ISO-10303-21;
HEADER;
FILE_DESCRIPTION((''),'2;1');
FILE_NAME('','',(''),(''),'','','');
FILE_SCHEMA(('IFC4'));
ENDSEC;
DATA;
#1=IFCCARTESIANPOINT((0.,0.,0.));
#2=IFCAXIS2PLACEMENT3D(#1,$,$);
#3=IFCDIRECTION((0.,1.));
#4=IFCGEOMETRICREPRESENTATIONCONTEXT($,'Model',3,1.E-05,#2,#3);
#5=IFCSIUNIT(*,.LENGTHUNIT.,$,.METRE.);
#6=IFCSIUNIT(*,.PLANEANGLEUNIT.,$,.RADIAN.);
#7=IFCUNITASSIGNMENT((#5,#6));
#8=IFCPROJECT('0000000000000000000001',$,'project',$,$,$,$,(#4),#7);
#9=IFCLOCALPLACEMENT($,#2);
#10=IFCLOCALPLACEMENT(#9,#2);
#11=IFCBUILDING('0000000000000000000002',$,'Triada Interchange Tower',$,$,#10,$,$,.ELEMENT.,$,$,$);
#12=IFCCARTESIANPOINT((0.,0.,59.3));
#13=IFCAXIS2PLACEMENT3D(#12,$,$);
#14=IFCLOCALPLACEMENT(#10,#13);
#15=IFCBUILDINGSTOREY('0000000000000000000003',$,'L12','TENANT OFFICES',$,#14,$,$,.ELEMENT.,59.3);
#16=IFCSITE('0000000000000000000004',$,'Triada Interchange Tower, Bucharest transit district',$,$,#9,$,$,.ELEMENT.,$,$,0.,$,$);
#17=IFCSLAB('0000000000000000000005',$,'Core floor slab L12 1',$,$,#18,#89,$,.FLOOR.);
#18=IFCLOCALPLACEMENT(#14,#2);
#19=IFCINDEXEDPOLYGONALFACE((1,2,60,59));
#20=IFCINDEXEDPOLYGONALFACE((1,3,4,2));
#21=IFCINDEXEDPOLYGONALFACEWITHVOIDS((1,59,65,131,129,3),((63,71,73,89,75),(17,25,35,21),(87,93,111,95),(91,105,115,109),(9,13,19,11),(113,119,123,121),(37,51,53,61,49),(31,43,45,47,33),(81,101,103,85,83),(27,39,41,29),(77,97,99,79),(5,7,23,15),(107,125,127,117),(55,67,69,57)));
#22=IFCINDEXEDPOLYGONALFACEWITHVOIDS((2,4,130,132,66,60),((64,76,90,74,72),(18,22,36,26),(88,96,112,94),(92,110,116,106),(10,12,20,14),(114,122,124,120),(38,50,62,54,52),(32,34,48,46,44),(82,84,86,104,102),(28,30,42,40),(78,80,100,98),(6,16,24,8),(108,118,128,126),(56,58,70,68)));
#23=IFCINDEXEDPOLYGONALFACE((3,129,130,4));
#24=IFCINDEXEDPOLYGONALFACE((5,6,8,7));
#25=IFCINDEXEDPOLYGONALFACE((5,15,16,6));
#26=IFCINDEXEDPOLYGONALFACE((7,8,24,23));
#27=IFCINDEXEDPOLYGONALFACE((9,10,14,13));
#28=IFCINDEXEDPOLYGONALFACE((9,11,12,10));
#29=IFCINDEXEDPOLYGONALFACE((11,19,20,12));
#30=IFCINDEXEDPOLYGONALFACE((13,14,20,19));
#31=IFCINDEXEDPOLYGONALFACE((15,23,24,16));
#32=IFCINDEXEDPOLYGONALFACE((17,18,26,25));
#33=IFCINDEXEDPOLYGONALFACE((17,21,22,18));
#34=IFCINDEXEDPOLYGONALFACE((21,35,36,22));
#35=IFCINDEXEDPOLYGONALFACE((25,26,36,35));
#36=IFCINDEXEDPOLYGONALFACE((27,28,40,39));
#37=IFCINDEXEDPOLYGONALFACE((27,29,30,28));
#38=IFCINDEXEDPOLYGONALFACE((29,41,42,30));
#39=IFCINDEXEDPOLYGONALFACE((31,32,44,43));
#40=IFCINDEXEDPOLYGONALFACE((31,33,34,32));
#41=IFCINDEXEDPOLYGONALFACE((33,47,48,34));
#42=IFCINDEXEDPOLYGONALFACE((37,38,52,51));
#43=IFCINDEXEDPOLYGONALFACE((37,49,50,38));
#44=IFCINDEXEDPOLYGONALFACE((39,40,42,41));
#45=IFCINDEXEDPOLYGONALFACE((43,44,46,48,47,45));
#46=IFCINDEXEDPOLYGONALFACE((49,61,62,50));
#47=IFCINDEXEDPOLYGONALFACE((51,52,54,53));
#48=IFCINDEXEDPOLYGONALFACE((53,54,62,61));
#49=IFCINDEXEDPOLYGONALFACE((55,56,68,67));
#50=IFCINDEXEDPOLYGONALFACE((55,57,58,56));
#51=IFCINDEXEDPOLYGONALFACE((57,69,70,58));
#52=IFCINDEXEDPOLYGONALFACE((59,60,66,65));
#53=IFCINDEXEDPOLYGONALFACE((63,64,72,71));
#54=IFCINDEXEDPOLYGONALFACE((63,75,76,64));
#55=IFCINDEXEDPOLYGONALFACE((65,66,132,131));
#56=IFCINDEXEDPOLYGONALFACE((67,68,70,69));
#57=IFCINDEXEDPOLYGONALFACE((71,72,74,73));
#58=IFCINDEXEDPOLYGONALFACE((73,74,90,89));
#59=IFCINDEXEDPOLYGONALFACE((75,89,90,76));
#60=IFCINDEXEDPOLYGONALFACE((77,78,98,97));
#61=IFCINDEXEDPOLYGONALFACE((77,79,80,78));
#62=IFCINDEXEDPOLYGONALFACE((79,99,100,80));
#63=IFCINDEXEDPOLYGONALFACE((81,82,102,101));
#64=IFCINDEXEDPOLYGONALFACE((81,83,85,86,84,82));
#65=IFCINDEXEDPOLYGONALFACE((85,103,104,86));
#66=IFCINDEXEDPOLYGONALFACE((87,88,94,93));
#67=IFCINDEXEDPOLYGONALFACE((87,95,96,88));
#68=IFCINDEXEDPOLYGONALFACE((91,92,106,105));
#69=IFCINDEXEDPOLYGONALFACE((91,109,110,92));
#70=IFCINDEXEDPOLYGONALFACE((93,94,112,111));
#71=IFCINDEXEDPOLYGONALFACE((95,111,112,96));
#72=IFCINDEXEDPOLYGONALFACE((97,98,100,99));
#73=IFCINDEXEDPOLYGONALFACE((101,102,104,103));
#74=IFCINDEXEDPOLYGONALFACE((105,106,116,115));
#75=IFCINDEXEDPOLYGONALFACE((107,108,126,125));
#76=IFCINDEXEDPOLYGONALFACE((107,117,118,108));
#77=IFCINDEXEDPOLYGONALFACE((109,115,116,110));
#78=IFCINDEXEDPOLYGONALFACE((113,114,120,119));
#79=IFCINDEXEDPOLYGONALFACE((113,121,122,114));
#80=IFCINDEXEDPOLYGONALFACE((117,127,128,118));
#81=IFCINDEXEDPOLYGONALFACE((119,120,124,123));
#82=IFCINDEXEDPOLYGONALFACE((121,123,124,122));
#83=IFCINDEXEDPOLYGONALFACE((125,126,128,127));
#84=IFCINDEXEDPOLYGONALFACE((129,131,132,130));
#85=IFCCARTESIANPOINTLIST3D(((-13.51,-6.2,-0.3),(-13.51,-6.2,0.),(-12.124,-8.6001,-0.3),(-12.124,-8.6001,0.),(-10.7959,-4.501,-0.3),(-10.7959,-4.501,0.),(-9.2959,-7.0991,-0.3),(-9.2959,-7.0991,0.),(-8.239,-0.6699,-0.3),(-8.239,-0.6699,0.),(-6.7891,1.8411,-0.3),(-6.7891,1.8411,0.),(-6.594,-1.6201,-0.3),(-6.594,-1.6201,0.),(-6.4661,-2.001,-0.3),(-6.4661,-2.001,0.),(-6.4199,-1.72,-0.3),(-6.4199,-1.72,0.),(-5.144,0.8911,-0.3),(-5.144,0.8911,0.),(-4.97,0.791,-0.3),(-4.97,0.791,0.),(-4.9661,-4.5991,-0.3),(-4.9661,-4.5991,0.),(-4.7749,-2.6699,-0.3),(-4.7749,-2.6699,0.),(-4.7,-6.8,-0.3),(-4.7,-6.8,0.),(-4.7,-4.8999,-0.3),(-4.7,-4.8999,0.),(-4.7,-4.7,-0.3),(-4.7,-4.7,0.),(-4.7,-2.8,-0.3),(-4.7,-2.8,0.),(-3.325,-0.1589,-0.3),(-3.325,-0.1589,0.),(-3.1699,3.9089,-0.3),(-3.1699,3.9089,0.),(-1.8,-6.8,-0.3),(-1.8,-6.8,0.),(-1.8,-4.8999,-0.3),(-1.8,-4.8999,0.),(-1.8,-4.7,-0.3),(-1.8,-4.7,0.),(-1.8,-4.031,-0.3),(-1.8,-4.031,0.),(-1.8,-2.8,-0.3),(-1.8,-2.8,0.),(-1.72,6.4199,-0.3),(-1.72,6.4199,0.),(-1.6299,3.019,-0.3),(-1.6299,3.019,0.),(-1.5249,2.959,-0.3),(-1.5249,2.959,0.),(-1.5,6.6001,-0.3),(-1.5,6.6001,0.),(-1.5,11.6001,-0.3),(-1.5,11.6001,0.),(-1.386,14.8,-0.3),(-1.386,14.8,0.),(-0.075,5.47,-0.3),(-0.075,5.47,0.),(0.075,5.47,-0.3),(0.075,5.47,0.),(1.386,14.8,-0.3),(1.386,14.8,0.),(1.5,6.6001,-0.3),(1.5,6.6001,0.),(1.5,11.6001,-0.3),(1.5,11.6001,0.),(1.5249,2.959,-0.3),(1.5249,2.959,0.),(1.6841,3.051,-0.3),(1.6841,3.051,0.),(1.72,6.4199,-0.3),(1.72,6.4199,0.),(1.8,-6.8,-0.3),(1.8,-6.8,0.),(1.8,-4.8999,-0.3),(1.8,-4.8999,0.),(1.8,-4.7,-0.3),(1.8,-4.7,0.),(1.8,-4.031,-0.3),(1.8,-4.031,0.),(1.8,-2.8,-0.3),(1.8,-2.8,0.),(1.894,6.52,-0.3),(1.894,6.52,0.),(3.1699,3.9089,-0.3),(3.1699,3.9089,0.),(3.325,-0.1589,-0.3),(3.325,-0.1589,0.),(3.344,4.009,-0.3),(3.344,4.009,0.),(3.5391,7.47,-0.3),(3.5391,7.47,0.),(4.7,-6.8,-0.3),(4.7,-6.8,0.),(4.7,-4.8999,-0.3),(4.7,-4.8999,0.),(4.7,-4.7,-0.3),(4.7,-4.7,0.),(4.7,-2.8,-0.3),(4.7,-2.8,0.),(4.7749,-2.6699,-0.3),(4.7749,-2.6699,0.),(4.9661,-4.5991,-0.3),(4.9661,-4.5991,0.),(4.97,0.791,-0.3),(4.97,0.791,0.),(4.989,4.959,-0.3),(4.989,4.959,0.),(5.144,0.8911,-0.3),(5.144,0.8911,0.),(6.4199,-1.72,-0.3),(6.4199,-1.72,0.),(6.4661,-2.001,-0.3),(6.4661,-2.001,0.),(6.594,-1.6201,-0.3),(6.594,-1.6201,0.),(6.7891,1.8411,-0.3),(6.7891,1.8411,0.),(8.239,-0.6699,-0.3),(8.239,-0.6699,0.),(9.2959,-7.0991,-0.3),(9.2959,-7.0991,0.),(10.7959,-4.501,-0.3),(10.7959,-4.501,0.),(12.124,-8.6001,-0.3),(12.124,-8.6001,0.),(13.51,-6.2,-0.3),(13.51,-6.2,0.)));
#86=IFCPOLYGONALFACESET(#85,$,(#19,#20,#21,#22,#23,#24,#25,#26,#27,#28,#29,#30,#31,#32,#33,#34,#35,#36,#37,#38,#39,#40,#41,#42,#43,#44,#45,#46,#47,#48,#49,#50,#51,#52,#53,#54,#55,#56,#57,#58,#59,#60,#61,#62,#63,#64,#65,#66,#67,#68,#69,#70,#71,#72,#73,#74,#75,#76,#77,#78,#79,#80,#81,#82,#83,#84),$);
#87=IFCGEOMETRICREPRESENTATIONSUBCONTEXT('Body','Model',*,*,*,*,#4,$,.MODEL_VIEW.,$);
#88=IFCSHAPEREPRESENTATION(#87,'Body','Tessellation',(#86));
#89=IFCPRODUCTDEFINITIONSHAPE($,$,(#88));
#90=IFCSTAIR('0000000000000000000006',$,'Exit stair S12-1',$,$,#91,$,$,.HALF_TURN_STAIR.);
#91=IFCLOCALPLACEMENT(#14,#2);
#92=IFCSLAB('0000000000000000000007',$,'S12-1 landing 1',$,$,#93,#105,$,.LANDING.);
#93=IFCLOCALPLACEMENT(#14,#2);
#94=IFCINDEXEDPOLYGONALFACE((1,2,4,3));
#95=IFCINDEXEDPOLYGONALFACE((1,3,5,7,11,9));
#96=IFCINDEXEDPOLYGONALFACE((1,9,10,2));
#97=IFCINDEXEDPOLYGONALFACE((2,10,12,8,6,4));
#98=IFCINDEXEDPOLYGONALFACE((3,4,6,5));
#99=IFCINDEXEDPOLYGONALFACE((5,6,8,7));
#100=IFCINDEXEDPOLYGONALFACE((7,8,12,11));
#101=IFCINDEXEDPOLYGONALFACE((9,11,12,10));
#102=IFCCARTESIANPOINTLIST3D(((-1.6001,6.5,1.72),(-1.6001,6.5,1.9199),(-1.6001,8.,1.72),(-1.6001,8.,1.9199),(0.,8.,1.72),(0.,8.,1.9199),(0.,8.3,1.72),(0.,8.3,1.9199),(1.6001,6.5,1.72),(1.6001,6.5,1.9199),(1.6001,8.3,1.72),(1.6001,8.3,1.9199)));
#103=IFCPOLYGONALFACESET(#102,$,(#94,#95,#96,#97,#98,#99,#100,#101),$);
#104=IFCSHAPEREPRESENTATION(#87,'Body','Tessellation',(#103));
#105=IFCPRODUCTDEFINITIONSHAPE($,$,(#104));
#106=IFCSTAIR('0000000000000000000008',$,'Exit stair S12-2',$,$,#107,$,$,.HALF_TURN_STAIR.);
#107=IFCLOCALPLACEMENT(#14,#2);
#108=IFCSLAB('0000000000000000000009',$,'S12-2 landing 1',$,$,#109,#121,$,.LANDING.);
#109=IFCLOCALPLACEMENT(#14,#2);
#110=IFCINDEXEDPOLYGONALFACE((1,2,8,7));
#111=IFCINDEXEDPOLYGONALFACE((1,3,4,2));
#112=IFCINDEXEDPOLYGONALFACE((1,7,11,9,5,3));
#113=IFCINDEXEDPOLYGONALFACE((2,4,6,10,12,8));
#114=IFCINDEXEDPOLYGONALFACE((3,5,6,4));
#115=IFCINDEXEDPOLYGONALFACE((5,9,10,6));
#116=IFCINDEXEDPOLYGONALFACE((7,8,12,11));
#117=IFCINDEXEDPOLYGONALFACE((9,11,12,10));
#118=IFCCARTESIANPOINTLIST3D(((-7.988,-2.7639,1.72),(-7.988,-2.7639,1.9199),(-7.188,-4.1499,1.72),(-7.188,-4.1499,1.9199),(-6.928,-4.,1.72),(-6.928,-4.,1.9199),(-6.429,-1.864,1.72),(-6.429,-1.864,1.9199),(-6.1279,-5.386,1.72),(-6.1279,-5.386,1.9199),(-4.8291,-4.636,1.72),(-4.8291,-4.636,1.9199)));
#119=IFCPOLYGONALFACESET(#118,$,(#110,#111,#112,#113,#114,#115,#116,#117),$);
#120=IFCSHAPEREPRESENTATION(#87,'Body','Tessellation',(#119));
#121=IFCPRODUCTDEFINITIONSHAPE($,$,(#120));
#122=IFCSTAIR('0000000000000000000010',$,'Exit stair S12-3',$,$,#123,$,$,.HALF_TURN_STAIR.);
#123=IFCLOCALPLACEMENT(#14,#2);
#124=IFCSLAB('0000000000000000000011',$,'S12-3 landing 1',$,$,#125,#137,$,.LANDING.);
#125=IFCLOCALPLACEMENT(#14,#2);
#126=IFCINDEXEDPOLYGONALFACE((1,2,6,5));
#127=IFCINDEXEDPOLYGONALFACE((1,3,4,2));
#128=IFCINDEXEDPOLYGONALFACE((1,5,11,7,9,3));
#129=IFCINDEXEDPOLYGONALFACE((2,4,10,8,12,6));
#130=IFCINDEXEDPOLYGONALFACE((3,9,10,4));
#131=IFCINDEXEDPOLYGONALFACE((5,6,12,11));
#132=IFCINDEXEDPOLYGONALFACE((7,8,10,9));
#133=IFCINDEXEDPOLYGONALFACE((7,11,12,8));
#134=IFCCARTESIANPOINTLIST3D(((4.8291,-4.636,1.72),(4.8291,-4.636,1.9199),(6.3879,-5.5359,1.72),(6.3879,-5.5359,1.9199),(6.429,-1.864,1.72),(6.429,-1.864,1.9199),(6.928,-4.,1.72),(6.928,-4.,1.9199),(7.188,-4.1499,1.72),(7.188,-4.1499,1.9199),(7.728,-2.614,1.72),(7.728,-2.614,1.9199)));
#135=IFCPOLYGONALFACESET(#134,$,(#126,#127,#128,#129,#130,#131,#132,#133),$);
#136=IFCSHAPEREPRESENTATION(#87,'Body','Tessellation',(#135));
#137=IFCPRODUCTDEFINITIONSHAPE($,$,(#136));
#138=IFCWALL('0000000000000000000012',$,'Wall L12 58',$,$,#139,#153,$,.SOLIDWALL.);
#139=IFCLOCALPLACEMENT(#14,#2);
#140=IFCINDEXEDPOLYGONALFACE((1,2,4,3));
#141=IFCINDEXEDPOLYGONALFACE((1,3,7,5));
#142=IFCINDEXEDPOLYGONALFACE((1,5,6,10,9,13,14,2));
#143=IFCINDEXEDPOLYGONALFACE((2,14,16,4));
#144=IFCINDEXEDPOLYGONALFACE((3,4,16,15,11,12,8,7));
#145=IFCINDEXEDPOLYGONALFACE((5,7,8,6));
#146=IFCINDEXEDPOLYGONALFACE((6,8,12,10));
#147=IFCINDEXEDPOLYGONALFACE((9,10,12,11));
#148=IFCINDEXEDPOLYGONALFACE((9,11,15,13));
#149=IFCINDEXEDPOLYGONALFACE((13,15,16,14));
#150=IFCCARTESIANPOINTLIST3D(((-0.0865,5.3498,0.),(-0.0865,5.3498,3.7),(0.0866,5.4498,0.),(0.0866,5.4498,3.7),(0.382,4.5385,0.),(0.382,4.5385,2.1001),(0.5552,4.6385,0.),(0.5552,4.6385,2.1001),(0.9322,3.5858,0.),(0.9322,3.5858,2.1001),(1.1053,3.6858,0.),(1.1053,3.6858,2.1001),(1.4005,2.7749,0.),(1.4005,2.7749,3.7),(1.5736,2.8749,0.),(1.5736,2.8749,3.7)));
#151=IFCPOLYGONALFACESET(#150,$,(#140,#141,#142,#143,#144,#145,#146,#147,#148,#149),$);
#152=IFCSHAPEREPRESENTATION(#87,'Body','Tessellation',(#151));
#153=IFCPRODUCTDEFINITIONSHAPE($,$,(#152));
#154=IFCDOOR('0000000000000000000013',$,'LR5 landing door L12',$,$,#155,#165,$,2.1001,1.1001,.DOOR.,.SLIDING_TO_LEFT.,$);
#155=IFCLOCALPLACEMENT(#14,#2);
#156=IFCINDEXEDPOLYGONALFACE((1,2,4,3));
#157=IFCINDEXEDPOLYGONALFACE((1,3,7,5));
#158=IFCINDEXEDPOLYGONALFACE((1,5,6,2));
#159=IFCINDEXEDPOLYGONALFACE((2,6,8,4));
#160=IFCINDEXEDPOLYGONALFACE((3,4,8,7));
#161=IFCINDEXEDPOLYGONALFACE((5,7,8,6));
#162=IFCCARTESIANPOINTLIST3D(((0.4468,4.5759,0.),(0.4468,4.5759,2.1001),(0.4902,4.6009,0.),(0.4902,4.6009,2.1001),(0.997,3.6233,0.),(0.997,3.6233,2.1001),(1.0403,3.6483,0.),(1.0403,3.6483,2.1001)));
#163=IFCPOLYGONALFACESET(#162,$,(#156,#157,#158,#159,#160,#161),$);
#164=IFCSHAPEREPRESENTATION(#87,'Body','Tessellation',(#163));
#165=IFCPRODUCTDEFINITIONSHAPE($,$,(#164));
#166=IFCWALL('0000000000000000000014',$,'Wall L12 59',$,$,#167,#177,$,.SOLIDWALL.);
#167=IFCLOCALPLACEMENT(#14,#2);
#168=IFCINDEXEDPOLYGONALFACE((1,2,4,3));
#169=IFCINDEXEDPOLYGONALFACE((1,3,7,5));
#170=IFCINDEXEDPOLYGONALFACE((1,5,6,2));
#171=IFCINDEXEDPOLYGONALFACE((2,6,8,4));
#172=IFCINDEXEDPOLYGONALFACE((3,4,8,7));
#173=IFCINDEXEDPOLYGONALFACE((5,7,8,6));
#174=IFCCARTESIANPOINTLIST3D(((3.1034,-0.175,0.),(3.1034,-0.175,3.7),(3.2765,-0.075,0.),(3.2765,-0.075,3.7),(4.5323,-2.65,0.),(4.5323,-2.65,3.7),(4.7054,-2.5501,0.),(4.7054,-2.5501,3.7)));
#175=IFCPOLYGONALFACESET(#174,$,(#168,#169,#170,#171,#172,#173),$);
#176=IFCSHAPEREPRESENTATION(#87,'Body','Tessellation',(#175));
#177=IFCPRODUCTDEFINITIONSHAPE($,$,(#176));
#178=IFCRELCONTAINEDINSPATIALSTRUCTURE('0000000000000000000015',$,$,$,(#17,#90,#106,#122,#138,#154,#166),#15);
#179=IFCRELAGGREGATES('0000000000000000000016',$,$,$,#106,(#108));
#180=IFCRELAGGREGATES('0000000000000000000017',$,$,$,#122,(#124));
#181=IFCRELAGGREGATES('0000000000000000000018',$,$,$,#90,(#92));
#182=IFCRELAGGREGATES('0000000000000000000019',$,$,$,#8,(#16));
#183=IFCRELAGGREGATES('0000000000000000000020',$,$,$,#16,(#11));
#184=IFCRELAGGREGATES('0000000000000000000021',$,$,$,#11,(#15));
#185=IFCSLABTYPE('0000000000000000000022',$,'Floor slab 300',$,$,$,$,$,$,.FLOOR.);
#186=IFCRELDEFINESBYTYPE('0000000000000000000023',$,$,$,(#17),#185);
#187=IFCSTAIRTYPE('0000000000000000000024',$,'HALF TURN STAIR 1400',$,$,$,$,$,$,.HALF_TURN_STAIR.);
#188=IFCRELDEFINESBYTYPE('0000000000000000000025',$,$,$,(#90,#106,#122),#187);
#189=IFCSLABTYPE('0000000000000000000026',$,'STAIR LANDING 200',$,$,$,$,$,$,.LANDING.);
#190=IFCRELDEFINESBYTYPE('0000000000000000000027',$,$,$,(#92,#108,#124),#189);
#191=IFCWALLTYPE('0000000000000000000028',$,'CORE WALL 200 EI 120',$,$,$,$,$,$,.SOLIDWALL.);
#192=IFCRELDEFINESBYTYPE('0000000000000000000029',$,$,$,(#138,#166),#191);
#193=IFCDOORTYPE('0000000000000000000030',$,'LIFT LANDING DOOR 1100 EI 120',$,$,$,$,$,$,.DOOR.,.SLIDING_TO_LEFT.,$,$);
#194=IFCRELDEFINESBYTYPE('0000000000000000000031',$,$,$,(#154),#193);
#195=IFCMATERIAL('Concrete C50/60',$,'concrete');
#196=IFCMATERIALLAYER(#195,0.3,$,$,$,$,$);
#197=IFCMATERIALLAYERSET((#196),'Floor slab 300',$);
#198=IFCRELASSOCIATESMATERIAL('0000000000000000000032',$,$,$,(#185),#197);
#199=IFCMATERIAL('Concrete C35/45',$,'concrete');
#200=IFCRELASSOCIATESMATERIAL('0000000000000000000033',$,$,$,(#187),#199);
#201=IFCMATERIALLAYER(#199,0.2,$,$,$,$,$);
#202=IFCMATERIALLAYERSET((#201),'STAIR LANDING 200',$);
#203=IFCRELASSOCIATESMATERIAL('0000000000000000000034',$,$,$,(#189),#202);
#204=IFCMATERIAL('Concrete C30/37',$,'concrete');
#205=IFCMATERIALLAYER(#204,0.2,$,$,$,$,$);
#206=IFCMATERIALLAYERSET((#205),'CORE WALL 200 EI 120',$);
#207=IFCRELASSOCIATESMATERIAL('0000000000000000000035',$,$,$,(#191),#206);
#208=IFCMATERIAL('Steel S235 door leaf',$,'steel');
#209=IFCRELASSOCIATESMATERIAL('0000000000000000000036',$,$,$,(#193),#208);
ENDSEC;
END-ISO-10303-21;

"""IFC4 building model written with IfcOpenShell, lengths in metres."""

from ifc_helpers import new_model, si_unit, direction, frame, frame_2d, origin, place, context, subcontext, project, spatial, polyline, rectangle, outline, extrude, material, layer, layer_set, type_object, element, fill, aggregate, save


model = new_model("IFC4")

# Units and contexts
model_context = context("Model", 3, precision=1e-05, world=origin(), true_north=direction((0.0, 1.0)))
body_context = subcontext(model_context, "Body", "Model", "MODEL_VIEW")
ifc_project = project(units=[si_unit("LENGTHUNIT", "METRE"), si_unit("PLANEANGLEUNIT", "RADIAN")], contexts=[model_context])

# Site, building, storey
site_placement = place(None, origin())
site = spatial("IfcSite", under=ifc_project, at=site_placement, Name="Triada Interchange Tower, Bucharest transit district", CompositionType="ELEMENT", RefElevation=0.0)
building_placement = place(site_placement, origin())
building = spatial("IfcBuilding", under=site, at=building_placement, Name="Triada Interchange Tower", CompositionType="ELEMENT")
storey_placement = place(building_placement, frame((0.0, 0.0, 59.3)))
storey = spatial("IfcBuildingStorey", under=building, at=storey_placement, Name="L12", Description="TENANT OFFICES", CompositionType="ELEMENT", Elevation=59.3)

# Slab
ifc_material_1 = material(Name="Concrete C50/60", Category="concrete")
ifc_layer_1 = layer(ifc_material_1, 0.3)
ifc_layer_set_1 = layer_set([ifc_layer_1], Name="Floor slab 300")
slab_type_1 = type_object("IfcSlabType", Name="Floor slab 300", PredefinedType="FLOOR", material=ifc_layer_set_1)
slab_1_placement = place(storey_placement, frame((0.0, 0.0, -0.3)))
element("IfcSlab", 1, at=slab_1_placement, inside=storey, type_object=slab_type_1, Name="Core floor slab L12 1", PredefinedType="FLOOR", context=body_context, shape_type="SweptSolid", body=[
    extrude(outline(polyline([(13.51, -6.2), (12.124, -8.6001), (-12.124, -8.6001), (-13.51, -6.2), (-1.386, 14.8), (1.386, 14.8), (13.51, -6.2)]), holes=[polyline([(9.2959, -7.0991), (10.7959, -4.501), (6.4661, -2.001), (4.9661, -4.5991), (9.2959, -7.0991)]), polyline([(6.7891, 1.8411), (5.144, 0.8911), (6.594, -1.6201), (8.239, -0.6699), (6.7891, 1.8411)]), polyline([(4.97, 0.791), (3.325, -0.1589), (4.7749, -2.6699), (6.4199, -1.72), (4.97, 0.791)]), polyline([(1.894, 6.52), (3.344, 4.009), (4.989, 4.959), (3.5391, 7.47), (1.894, 6.52)]), polyline([(1.8, -4.8999), (1.8, -6.8), (4.7, -6.8), (4.7, -4.8999), (1.8, -4.8999)]), polyline([(1.8, -2.8), (1.8, -4.031), (1.8, -4.7), (4.7, -4.7), (4.7, -2.8), (1.8, -2.8)]), polyline([(1.5249, 2.959), (1.6841, 3.051), (3.1699, 3.9089), (1.72, 6.4199), (0.075, 5.47), (1.5249, 2.959)]), polyline([(1.5, 11.6001), (-1.5, 11.6001), (-1.5, 6.6001), (1.5, 6.6001), (1.5, 11.6001)]), polyline([(-0.075, 5.47), (-1.72, 6.4199), (-3.1699, 3.9089), (-1.6299, 3.019), (-1.5249, 2.959), (-0.075, 5.47)]), polyline([(-4.7, -2.8), (-4.7, -4.7), (-1.8, -4.7), (-1.8, -4.031), (-1.8, -2.8), (-4.7, -2.8)]), polyline([(-4.7, -4.8999), (-4.7, -6.8), (-1.8, -6.8), (-1.8, -4.8999), (-4.7, -4.8999)]), polyline([(-4.7749, -2.6699), (-3.325, -0.1589), (-4.97, 0.791), (-6.4199, -1.72), (-4.7749, -2.6699)]), polyline([(-10.7959, -4.501), (-9.2959, -7.0991), (-4.9661, -4.5991), (-6.4661, -2.001), (-10.7959, -4.501)]), polyline([(-6.594, -1.6201), (-5.144, 0.8911), (-6.7891, 1.8411), (-8.239, -0.6699), (-6.594, -1.6201)])]), origin(), (0.0, 0.0, 1.0), 0.3),
])

# Stairs, slabs
ifc_material_2 = material(Name="Concrete C35/45", Category="concrete")
stair_type = type_object("IfcStairType", Name="HALF TURN STAIR 1400", PredefinedType="HALF_TURN_STAIR", material=ifc_material_2)
stair_1_placement = place(storey_placement, origin())
stair_1 = element("IfcStair", 2, at=stair_1_placement, inside=storey, type_object=stair_type, Name="Exit stair S12-1", PredefinedType="HALF_TURN_STAIR")
ifc_layer_2 = layer(ifc_material_2, 0.2)
ifc_layer_set_2 = layer_set([ifc_layer_2], Name="STAIR LANDING 200")
slab_type_2 = type_object("IfcSlabType", Name="STAIR LANDING 200", PredefinedType="LANDING", material=ifc_layer_set_2)
slab_2_placement = place(storey_placement, frame((0.0, 0.0, 1.72)))
slab_2 = element("IfcSlab", 3, at=slab_2_placement, type_object=slab_type_2, Name="S12-1 landing 1", PredefinedType="LANDING", context=body_context, shape_type="SweptSolid", body=[
    extrude(outline(polyline([(1.6001, 6.5), (1.6001, 8.3), (0.0, 8.3), (0.0, 8.0), (-1.6001, 8.0), (-1.6001, 6.5), (1.6001, 6.5)])), origin(), (0.0, 0.0, 1.0), 0.2),
])
stair_2_placement = place(storey_placement, origin())
stair_2 = element("IfcStair", 4, at=stair_2_placement, inside=storey, type_object=stair_type, Name="Exit stair S12-2", PredefinedType="HALF_TURN_STAIR")
slab_3_placement = place(storey_placement, frame((0.0, 0.0, 1.72)))
slab_3 = element("IfcSlab", 5, at=slab_3_placement, type_object=slab_type_2, Name="S12-2 landing 1", PredefinedType="LANDING", context=body_context, shape_type="SweptSolid", body=[
    extrude(outline(polyline([(-6.429, -1.864), (-7.988, -2.7639), (-7.188, -4.1499), (-6.928, -4.0), (-6.1279, -5.386), (-4.8291, -4.636), (-6.429, -1.864)])), origin(), (0.0, 0.0, 1.0), 0.2),
])
aggregate(stair_2, [slab_3])
stair_3_placement = place(storey_placement, origin())
stair_3 = element("IfcStair", 6, at=stair_3_placement, inside=storey, type_object=stair_type, Name="Exit stair S12-3", PredefinedType="HALF_TURN_STAIR")
slab_4_placement = place(storey_placement, frame((0.0, 0.0, 1.72)))
slab_4 = element("IfcSlab", 7, at=slab_4_placement, type_object=slab_type_2, Name="S12-3 landing 1", PredefinedType="LANDING", context=body_context, shape_type="SweptSolid", body=[
    extrude(outline(polyline([(4.8291, -4.636), (6.3879, -5.5359), (7.188, -4.1499), (6.928, -4.0), (7.728, -2.614), (6.429, -1.864), (4.8291, -4.636)])), origin(), (0.0, 0.0, 1.0), 0.2),
])
aggregate(stair_3, [slab_4])

# Wall, opening, door
ifc_material_3 = material(Name="Concrete C30/37", Category="concrete")
ifc_layer_3 = layer(ifc_material_3, 0.2)
ifc_layer_set_3 = layer_set([ifc_layer_3], Name="CORE WALL 200 EI 120")
wall_type_1 = type_object("IfcWallType", Name="CORE WALL 200 EI 120", PredefinedType="SOLIDWALL", material=ifc_layer_set_3)
wall_1_placement = place(storey_placement, frame((0.0, 5.3999, 0.0), z_axis=(0.0, 0.0, 1.0), x_axis=(0.500104, -0.865965, 0.0)))
wall_1 = element("IfcWall", 8, at=wall_1_placement, inside=storey, type_object=wall_type_1, Name="Wall L12 58", PredefinedType="SOLIDWALL", context=body_context, shape_type="SweptSolid", body=[
    extrude(rectangle(XDim=2.9734, YDim=0.2, at=frame_2d((1.4868, 0.0))), origin(), (0.0, 0.0, 1.0), 3.7),
])
opening_1_placement = place(wall_1_placement, frame((0.937, 0.0, 0.0)))
opening_1 = element("IfcOpeningElement", 9, at=opening_1_placement, cuts=wall_1, PredefinedType="OPENING", context=body_context, shape_type="SweptSolid", body=[
    extrude(rectangle(XDim=1.1001, YDim=2.1001, at=frame_2d((0.55, 1.05))), frame((0.0, 0.1099, 0.0), z_axis=(0.0, -1.0, 0.0), x_axis=(1.0, 0.0, 0.0)), (0.0, 0.0, 1.0), 0.22),
])
ifc_material_4 = material(Name="Steel S235 door leaf", Category="steel")
door_type = type_object("IfcDoorType", Name="LIFT LANDING DOOR 1100 EI 120", OperationType="SLIDING_TO_LEFT", PredefinedType="DOOR", material=ifc_material_4)
door_1_placement = place(opening_1_placement, origin())
door_1 = element("IfcDoor", 10, at=door_1_placement, inside=storey, type_object=door_type, Name="LR5 landing door L12", OperationType="SLIDING_TO_LEFT", OverallHeight=2.1001, OverallWidth=1.1001, PredefinedType="DOOR", context=body_context, shape_type="SweptSolid", body=[
    extrude(rectangle(XDim=1.1001, YDim=2.1001, at=frame_2d((0.55, 1.05))), frame((0.0, 0.0249, 0.0), z_axis=(0.0, -1.0, 0.0), x_axis=(1.0, 0.0, 0.0)), (0.0, 0.0, 1.0), 0.05),
])
fill(opening_1, door_1)

# Wall
wall_2_placement = place(storey_placement, frame((3.1899, -0.125, 0.0), z_axis=(0.0, 0.0, 1.0), x_axis=(0.499989, -0.866032, 0.0)))
element("IfcWall", 11, at=wall_2_placement, inside=storey, type_object=wall_type_1, Name="Wall L12 59", PredefinedType="SOLIDWALL", context=body_context, shape_type="SweptSolid", body=[
    extrude(rectangle(XDim=2.8579, YDim=0.2, at=frame_2d((1.429, 0.0))), origin(), (0.0, 0.0, 1.0), 3.7),
])

aggregate(stair_1, [slab_2])

save(model, "model.ifc")
